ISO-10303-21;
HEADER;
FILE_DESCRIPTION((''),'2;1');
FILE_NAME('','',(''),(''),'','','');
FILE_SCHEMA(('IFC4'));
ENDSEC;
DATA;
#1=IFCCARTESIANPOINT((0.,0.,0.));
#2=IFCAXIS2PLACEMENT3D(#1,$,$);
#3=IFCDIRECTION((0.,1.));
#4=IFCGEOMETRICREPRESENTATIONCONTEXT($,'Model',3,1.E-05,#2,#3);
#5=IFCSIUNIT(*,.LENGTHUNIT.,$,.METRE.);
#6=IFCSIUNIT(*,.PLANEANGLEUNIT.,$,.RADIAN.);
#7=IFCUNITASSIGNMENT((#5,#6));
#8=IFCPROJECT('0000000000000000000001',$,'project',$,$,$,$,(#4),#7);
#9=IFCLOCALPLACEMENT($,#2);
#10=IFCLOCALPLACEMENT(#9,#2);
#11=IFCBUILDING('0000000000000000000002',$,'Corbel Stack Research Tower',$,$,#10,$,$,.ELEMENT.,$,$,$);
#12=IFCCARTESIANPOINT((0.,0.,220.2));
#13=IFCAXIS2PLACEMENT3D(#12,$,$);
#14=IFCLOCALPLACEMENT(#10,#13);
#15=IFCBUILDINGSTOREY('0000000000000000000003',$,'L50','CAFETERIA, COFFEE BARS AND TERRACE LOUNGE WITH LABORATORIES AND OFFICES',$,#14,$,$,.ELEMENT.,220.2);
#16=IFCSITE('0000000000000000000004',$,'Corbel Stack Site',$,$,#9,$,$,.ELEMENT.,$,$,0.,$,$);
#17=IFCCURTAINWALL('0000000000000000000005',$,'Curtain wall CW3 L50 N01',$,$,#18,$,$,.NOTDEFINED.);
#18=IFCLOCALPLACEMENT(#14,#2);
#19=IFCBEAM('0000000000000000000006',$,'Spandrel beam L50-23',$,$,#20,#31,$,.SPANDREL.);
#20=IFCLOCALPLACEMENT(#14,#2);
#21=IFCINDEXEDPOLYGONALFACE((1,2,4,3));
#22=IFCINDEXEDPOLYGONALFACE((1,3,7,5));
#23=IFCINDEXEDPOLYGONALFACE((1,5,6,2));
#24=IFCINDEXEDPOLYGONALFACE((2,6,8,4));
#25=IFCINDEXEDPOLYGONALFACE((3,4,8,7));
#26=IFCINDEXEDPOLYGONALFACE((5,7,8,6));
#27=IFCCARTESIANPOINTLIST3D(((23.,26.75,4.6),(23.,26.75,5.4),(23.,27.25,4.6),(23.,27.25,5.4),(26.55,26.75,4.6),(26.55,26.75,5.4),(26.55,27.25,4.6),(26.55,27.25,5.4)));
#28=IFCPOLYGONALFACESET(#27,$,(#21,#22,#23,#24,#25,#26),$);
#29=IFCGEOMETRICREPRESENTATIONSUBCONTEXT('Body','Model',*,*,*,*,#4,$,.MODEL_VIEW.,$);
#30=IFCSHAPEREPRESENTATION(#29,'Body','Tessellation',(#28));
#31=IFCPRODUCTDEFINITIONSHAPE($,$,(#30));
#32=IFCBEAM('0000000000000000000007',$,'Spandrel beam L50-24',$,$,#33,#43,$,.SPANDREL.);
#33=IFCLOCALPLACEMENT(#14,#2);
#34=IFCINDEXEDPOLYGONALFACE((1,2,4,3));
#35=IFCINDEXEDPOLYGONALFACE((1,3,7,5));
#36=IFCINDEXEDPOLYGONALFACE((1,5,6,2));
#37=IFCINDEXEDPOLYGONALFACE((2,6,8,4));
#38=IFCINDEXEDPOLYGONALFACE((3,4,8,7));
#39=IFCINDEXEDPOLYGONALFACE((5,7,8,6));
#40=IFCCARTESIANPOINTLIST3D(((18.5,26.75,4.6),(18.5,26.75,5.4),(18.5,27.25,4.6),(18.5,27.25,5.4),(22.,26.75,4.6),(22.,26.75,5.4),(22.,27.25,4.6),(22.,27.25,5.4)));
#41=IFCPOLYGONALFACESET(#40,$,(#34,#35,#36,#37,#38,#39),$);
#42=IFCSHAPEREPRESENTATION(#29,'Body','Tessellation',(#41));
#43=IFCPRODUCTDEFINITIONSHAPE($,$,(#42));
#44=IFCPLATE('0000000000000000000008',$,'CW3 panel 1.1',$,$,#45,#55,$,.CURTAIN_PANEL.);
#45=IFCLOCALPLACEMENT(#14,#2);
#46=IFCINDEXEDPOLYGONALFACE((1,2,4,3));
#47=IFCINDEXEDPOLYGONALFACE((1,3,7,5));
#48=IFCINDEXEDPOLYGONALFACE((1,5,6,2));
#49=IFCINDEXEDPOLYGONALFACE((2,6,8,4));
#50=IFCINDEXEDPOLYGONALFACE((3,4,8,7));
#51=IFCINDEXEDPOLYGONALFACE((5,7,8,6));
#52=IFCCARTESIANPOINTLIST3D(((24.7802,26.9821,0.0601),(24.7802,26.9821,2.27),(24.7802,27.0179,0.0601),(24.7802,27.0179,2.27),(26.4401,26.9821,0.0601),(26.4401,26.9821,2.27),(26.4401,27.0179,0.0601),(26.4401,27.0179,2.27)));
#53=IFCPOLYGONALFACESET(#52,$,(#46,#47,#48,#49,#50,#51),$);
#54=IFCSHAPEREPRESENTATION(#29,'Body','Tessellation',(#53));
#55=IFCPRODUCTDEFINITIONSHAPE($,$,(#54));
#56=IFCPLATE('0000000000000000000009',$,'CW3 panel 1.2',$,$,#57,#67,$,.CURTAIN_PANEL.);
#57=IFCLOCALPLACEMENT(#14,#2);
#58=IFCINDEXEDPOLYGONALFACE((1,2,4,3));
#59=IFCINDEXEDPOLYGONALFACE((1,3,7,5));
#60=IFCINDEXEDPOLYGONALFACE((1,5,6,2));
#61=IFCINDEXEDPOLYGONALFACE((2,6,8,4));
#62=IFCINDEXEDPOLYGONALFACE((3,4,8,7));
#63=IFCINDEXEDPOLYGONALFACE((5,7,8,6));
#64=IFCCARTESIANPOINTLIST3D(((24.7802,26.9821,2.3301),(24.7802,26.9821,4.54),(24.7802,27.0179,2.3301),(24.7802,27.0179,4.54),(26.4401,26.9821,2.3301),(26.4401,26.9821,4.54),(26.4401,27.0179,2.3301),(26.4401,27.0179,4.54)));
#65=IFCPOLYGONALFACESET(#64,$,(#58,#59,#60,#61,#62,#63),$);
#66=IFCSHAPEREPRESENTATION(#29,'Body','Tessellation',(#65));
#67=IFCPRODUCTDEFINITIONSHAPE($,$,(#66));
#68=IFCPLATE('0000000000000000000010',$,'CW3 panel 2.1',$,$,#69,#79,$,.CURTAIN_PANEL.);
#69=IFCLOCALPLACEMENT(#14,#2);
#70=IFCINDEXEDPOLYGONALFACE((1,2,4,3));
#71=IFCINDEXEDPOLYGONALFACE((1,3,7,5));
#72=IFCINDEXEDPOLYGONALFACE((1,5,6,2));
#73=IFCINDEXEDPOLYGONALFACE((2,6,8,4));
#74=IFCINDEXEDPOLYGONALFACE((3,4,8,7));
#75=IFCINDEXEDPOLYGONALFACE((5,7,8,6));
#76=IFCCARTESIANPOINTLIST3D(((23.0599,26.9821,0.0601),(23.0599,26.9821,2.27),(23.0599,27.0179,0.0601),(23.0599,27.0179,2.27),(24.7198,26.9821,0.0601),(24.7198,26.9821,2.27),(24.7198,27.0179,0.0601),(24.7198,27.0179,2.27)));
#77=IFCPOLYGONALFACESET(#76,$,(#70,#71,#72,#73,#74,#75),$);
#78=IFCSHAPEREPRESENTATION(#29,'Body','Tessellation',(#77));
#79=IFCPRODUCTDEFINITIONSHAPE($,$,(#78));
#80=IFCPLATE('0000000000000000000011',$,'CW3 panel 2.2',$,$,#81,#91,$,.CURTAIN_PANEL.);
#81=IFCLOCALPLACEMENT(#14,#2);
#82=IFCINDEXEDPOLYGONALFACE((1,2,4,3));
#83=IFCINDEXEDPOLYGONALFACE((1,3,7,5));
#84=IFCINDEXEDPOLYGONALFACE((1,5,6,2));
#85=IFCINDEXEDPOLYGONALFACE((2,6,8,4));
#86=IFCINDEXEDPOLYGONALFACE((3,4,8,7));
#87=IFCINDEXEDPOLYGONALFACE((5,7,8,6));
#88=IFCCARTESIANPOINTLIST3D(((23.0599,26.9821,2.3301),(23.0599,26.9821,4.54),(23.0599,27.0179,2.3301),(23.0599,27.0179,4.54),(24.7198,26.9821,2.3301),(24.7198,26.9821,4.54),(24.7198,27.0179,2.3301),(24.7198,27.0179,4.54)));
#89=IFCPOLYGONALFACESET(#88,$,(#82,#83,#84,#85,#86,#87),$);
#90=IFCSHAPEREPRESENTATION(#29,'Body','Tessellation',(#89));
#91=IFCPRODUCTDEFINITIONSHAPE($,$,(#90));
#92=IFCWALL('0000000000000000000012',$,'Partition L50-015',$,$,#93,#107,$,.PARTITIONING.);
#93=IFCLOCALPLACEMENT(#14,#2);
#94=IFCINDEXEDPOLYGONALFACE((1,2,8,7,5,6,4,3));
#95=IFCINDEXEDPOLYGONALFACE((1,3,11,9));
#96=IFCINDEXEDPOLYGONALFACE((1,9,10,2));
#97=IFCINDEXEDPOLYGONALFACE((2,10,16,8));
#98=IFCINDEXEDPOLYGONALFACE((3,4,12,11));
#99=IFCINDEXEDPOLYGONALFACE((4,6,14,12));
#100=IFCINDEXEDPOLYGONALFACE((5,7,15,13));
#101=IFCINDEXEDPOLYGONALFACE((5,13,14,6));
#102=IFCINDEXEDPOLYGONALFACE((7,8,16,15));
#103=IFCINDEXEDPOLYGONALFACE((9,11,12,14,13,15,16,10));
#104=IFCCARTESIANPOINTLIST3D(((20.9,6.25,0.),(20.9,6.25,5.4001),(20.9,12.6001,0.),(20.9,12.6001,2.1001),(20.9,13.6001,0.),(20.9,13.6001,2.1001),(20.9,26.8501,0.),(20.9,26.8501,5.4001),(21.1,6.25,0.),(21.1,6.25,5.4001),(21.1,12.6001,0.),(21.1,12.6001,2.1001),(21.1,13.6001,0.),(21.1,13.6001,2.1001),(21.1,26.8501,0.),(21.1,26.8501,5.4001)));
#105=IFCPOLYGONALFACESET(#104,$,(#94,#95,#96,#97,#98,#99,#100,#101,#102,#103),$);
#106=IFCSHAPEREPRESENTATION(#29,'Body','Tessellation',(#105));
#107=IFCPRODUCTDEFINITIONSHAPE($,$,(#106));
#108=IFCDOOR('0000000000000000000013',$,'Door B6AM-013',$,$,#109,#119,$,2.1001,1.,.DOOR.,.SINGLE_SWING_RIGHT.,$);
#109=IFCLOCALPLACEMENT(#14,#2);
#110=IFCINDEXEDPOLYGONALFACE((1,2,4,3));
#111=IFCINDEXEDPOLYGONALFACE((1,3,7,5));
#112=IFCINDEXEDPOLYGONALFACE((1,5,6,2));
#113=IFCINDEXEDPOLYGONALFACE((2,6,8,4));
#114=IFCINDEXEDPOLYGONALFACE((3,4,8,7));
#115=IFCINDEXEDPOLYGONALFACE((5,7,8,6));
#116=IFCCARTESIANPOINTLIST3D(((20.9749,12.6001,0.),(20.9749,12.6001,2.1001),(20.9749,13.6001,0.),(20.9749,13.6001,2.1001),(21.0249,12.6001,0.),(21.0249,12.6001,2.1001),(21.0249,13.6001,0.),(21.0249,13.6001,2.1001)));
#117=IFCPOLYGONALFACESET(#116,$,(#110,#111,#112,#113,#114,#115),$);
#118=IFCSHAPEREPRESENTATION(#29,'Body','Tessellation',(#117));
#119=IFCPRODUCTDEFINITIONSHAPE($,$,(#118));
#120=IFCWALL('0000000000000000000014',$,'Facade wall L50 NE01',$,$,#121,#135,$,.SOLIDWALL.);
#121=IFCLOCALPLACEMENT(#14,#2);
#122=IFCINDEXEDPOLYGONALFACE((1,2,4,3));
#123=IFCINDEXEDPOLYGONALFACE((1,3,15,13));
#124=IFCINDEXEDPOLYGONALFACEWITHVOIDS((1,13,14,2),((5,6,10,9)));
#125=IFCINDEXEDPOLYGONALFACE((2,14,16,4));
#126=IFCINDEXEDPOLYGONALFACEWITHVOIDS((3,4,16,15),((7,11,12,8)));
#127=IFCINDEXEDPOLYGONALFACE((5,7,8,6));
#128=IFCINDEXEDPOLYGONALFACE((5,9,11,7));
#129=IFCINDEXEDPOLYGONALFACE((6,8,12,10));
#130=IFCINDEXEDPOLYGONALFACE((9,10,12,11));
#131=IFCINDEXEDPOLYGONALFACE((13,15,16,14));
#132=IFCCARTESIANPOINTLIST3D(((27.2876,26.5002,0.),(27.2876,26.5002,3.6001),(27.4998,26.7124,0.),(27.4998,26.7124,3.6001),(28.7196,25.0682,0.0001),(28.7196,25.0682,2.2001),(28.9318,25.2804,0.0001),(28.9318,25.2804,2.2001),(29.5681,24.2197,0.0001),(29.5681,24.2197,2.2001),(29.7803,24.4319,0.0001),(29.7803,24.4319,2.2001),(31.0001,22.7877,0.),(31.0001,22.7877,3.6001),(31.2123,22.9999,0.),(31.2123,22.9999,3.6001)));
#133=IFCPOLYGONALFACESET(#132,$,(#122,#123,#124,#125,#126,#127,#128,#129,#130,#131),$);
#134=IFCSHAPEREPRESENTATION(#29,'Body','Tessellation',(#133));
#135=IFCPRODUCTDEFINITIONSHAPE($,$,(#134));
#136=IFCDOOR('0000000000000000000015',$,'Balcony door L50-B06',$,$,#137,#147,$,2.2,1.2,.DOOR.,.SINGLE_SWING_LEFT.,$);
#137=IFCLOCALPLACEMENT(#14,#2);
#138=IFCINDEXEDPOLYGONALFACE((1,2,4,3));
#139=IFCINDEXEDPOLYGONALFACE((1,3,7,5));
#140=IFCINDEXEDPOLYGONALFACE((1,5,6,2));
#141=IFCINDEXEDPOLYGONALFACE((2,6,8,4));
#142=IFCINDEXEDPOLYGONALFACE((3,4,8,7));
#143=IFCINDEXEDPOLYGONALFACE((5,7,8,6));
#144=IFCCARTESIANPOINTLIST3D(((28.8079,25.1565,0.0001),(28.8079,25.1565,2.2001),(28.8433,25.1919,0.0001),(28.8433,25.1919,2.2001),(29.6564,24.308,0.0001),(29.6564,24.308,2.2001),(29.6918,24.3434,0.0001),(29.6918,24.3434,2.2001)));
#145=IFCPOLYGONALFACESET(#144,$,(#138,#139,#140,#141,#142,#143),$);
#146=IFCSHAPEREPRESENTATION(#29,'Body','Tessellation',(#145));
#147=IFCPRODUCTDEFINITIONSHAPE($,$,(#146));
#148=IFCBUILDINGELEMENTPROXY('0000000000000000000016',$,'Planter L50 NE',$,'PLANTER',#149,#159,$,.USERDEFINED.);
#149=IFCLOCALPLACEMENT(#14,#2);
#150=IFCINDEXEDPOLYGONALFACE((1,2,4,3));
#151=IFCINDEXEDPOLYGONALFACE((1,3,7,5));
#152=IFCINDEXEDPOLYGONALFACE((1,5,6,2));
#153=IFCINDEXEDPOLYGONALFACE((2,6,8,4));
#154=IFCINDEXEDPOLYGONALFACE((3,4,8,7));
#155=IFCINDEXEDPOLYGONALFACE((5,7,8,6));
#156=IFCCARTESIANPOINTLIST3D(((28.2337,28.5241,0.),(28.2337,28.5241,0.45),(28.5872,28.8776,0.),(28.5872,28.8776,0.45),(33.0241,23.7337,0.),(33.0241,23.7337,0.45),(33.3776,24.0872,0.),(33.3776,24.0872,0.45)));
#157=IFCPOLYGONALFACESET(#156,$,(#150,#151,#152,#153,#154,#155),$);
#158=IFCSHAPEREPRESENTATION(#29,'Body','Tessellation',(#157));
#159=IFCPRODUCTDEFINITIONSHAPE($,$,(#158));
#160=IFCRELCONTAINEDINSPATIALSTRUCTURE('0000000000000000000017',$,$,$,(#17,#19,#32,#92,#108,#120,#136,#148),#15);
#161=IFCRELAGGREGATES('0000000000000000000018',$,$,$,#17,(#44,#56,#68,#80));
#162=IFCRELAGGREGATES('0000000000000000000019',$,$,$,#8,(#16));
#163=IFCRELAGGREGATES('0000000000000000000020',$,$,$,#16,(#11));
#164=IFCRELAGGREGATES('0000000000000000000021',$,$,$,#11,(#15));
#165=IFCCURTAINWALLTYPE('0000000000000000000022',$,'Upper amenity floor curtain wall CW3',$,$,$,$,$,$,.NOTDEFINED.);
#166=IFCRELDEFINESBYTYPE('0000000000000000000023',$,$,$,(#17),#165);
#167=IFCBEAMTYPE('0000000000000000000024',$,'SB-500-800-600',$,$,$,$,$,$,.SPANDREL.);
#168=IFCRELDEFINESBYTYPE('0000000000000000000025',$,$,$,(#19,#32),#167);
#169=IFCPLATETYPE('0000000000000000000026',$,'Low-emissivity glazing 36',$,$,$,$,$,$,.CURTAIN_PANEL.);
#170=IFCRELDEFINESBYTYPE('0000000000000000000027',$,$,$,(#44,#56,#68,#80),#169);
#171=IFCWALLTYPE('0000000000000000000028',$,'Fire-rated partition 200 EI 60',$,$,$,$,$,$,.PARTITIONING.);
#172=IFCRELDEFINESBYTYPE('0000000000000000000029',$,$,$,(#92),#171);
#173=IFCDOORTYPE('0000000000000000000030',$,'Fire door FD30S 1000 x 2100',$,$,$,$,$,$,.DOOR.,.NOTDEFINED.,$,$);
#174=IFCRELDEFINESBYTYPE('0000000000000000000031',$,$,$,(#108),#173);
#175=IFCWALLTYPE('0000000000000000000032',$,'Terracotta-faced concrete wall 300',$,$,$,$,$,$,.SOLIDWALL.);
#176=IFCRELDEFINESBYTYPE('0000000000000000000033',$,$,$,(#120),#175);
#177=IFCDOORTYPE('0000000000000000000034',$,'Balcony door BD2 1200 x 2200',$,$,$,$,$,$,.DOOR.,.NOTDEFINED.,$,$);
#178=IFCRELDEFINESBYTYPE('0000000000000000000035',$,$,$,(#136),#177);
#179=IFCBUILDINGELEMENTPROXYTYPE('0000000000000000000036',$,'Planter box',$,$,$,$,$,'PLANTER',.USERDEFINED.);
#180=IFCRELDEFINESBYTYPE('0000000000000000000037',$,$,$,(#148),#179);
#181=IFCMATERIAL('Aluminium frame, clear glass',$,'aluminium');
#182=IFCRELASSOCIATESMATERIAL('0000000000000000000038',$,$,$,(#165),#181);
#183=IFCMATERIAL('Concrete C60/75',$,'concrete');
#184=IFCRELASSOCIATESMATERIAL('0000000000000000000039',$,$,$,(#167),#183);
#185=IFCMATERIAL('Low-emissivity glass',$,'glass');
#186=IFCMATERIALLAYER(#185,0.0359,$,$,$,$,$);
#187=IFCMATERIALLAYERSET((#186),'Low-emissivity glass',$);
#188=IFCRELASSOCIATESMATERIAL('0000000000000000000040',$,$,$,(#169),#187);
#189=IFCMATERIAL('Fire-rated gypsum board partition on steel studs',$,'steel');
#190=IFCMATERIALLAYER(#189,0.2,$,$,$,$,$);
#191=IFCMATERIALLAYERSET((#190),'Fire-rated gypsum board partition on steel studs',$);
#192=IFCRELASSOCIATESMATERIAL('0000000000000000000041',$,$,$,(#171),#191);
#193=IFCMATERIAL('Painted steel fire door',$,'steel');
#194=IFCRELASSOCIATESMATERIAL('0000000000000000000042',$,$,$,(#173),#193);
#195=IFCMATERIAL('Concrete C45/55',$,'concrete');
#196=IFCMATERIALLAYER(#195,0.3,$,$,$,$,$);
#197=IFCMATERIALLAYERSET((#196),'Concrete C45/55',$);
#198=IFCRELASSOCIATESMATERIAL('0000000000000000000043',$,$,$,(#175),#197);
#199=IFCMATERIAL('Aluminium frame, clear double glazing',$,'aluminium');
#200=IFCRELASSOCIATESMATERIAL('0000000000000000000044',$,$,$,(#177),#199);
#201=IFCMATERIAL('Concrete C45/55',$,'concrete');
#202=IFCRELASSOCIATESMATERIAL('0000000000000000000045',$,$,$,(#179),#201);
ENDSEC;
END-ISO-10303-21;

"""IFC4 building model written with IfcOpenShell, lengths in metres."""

from ifc_helpers import new_model, si_unit, direction, frame, frame_2d, origin, origin_2d, place, context, subcontext, project, spatial, rectangle, extrude, material, layer, layer_set, material_profile, profile_set, type_object, element, fill, aggregate, save


model = new_model("IFC4")

# Units and contexts
model_context = context("Model", 3, precision=1e-05, world=origin(), true_north=direction((0.0, 1.0)))
body_context = subcontext(model_context, "Body", "Model", "MODEL_VIEW")
ifc_project = project(units=[si_unit("LENGTHUNIT", "METRE"), si_unit("PLANEANGLEUNIT", "RADIAN")], contexts=[model_context])

# Site, building, storey
site_placement = place(None, origin())
site = spatial("IfcSite", under=ifc_project, at=site_placement, Name="Corbel Stack Site", CompositionType="ELEMENT", RefElevation=0.0)
building_placement = place(site_placement, origin())
building = spatial("IfcBuilding", under=site, at=building_placement, Name="Corbel Stack Research Tower", CompositionType="ELEMENT")
storey_placement = place(building_placement, frame((0.0, 0.0, 220.2)))
storey = spatial("IfcBuildingStorey", under=building, at=storey_placement, Name="L50", Description="CAFETERIA, COFFEE BARS AND TERRACE LOUNGE WITH LABORATORIES AND OFFICES", CompositionType="ELEMENT", Elevation=220.2)

# Curtain wall
ifc_material_1 = material(Name="Aluminium frame, clear glass", Category="aluminium")
curtain_wall_type = type_object("IfcCurtainWallType", Name="Upper amenity floor curtain wall CW3", PredefinedType="NOTDEFINED", material=ifc_material_1)
curtain_wall_placement = place(storey_placement, origin())
curtain_wall = element("IfcCurtainWall", 1, at=curtain_wall_placement, inside=storey, type_object=curtain_wall_type, Name="Curtain wall CW3 L50 N01", PredefinedType="NOTDEFINED")

# Beams
ifc_material_2 = material(Name="Concrete C60/75", Category="concrete")
ifc_material_profile_1 = material_profile(ifc_material_2, rectangle(XDim=0.5, YDim=0.8, at=origin_2d()), Name="RC 500 x 800")
ifc_profile_set_1 = profile_set([ifc_material_profile_1], Name="Concrete C60/75")
beam_type = type_object("IfcBeamType", Name="SB-500-800-600", PredefinedType="SPANDREL", material=ifc_profile_set_1)
beam_1_placement = place(storey_placement, frame((26.55, 27.0, 5.0), z_axis=(-1.0, 0.0, 0.0), x_axis=(0.0, -1.0, 0.0)))
element("IfcBeam", 2, at=beam_1_placement, inside=storey, type_object=beam_type, Name="Spandrel beam L50-23", PredefinedType="SPANDREL", context=body_context, shape_type="SweptSolid", body=[
    extrude(rectangle(XDim=0.5, YDim=0.8, at=origin_2d()), origin(), (0.0, 0.0, 1.0), 3.55),
])
beam_2_placement = place(storey_placement, frame((22.0, 27.0, 5.0), z_axis=(-1.0, 0.0, 0.0), x_axis=(0.0, -1.0, 0.0)))
element("IfcBeam", 3, at=beam_2_placement, inside=storey, type_object=beam_type, Name="Spandrel beam L50-24", PredefinedType="SPANDREL", context=body_context, shape_type="SweptSolid", body=[
    extrude(rectangle(XDim=0.5, YDim=0.8, at=origin_2d()), origin(), (0.0, 0.0, 1.0), 3.5),
])

# Plates
ifc_material_3 = material(Name="Low-emissivity glass", Category="glass")
ifc_layer_1 = layer(ifc_material_3, 0.0359)
ifc_layer_set_1 = layer_set([ifc_layer_1], Name="Low-emissivity glass")
plate_type = type_object("IfcPlateType", Name="Low-emissivity glazing 36", PredefinedType="CURTAIN_PANEL", material=ifc_layer_set_1)
plate_1_placement = place(storey_placement, frame((25.6101, 27.0, 0.0601), z_axis=(0.0, 0.0, 1.0), x_axis=(-1.0, 0.0, 0.0)))
plate_1 = element("IfcPlate", 4, at=plate_1_placement, type_object=plate_type, Name="CW3 panel 1.1", PredefinedType="CURTAIN_PANEL", context=body_context, shape_type="SweptSolid", body=[
    extrude(rectangle(XDim=1.6599, YDim=0.0359, at=origin_2d()), origin(), (0.0, 0.0, 1.0), 2.21),
])
plate_2_placement = place(storey_placement, frame((25.6101, 27.0, 2.3301), z_axis=(0.0, 0.0, 1.0), x_axis=(-1.0, 0.0, 0.0)))
plate_2 = element("IfcPlate", 5, at=plate_2_placement, type_object=plate_type, Name="CW3 panel 1.2", PredefinedType="CURTAIN_PANEL", context=body_context, shape_type="SweptSolid", body=[
    extrude(rectangle(XDim=1.6599, YDim=0.0359, at=origin_2d()), origin(), (0.0, 0.0, 1.0), 2.21),
])
plate_3_placement = place(storey_placement, frame((23.8899, 27.0, 0.0601), z_axis=(0.0, 0.0, 1.0), x_axis=(-1.0, 0.0, 0.0)))
plate_3 = element("IfcPlate", 6, at=plate_3_placement, type_object=plate_type, Name="CW3 panel 2.1", PredefinedType="CURTAIN_PANEL", context=body_context, shape_type="SweptSolid", body=[
    extrude(rectangle(XDim=1.6599, YDim=0.0359, at=origin_2d()), origin(), (0.0, 0.0, 1.0), 2.21),
])
plate_4_placement = place(storey_placement, frame((23.8899, 27.0, 2.3301), z_axis=(0.0, 0.0, 1.0), x_axis=(-1.0, 0.0, 0.0)))
plate_4 = element("IfcPlate", 7, at=plate_4_placement, type_object=plate_type, Name="CW3 panel 2.2", PredefinedType="CURTAIN_PANEL", context=body_context, shape_type="SweptSolid", body=[
    extrude(rectangle(XDim=1.6599, YDim=0.0359, at=origin_2d()), origin(), (0.0, 0.0, 1.0), 2.21),
])
aggregate(curtain_wall, [plate_1, plate_2, plate_3, plate_4])

# Walls, openings, doors
ifc_material_4 = material(Name="Fire-rated gypsum board partition on steel studs", Category="steel")
ifc_layer_2 = layer(ifc_material_4, 0.2)
ifc_layer_set_2 = layer_set([ifc_layer_2], Name="Fire-rated gypsum board partition on steel studs")
wall_type_1 = type_object("IfcWallType", Name="Fire-rated partition 200 EI 60", PredefinedType="PARTITIONING", material=ifc_layer_set_2)
wall_1_placement = place(storey_placement, frame((21.0, 26.8501, 0.0), z_axis=(0.0, 0.0, 1.0), x_axis=(0.0, -1.0, 0.0)))
wall_1 = element("IfcWall", 8, at=wall_1_placement, inside=storey, type_object=wall_type_1, Name="Partition L50-015", PredefinedType="PARTITIONING", context=body_context, shape_type="SweptSolid", body=[
    extrude(rectangle(XDim=20.6001, YDim=0.2, at=frame_2d((10.3, 0.0))), origin(), (0.0, 0.0, 1.0), 5.4001),
])
opening_1_placement = place(wall_1_placement, frame((13.25, 0.0, 0.0)))
opening_1 = element("IfcOpeningElement", 9, at=opening_1_placement, cuts=wall_1, PredefinedType="OPENING", context=body_context, shape_type="SweptSolid", body=[
    extrude(rectangle(XDim=1.0, YDim=2.1001, at=frame_2d((0.5, 1.05))), frame((0.0, 0.1099, 0.0), z_axis=(0.0, -1.0, 0.0), x_axis=(1.0, 0.0, 0.0)), (0.0, 0.0, 1.0), 0.22),
])
ifc_material_5 = material(Name="Painted steel fire door", Category="steel")
door_type_1 = type_object("IfcDoorType", Name="Fire door FD30S 1000 x 2100", OperationType="NOTDEFINED", PredefinedType="DOOR", material=ifc_material_5)
door_1_placement = place(opening_1_placement, origin())
door_1 = element("IfcDoor", 10, at=door_1_placement, inside=storey, type_object=door_type_1, Name="Door B6AM-013", OperationType="SINGLE_SWING_RIGHT", OverallHeight=2.1001, OverallWidth=1.0, PredefinedType="DOOR", context=body_context, shape_type="SweptSolid", body=[
    extrude(rectangle(XDim=1.0, YDim=2.1001, at=frame_2d((0.5, 1.05))), frame((0.0, 0.0249, 0.0), z_axis=(0.0, -1.0, 0.0), x_axis=(1.0, 0.0, 0.0)), (0.0, 0.0, 1.0), 0.05),
])
fill(opening_1, door_1)
ifc_material_6 = material(Name="Concrete C45/55", Category="concrete")
ifc_layer_3 = layer(ifc_material_6, 0.3)
ifc_layer_set_3 = layer_set([ifc_layer_3], Name="Concrete C45/55")
wall_type_2 = type_object("IfcWallType", Name="Terracotta-faced concrete wall 300", PredefinedType="SOLIDWALL", material=ifc_layer_set_3)
wall_2_placement = place(storey_placement, frame((27.3938, 26.6062, 0.0), z_axis=(0.0, 0.0, 1.0), x_axis=(0.707107, -0.707107, 0.0)))
wall_2 = element("IfcWall", 11, at=wall_2_placement, inside=storey, type_object=wall_type_2, Name="Facade wall L50 NE01", PredefinedType="SOLIDWALL", context=body_context, shape_type="SweptSolid", body=[
    extrude(rectangle(XDim=5.2502, YDim=0.3, at=frame_2d((2.625, 0.0))), origin(), (0.0, 0.0, 1.0), 3.6001),
])
opening_2_placement = place(wall_2_placement, frame((2.0249, 0.0, 0.0)))
opening_2 = element("IfcOpeningElement", 12, at=opening_2_placement, cuts=wall_2, PredefinedType="OPENING", context=body_context, shape_type="SweptSolid", body=[
    extrude(rectangle(XDim=1.2, YDim=2.2, at=frame_2d((0.6001, 1.1001))), frame((0.0, 0.1599, 0.0), z_axis=(0.0, -1.0, 0.0), x_axis=(1.0, 0.0, 0.0)), (0.0, 0.0, 1.0), 0.3201),
])
ifc_material_7 = material(Name="Aluminium frame, clear double glazing", Category="aluminium")
door_type_2 = type_object("IfcDoorType", Name="Balcony door BD2 1200 x 2200", OperationType="NOTDEFINED", PredefinedType="DOOR", material=ifc_material_7)
door_2_placement = place(opening_2_placement, origin())
door_2 = element("IfcDoor", 13, at=door_2_placement, inside=storey, type_object=door_type_2, Name="Balcony door L50-B06", OperationType="SINGLE_SWING_LEFT", OverallHeight=2.2, OverallWidth=1.2, PredefinedType="DOOR", context=body_context, shape_type="SweptSolid", body=[
    extrude(rectangle(XDim=1.2, YDim=2.2, at=frame_2d((0.6001, 1.1001))), frame((0.0, 0.0249, 0.0), z_axis=(0.0, -1.0, 0.0), x_axis=(1.0, 0.0, 0.0)), (0.0, 0.0, 1.0), 0.05),
])
fill(opening_2, door_2)

# Building element proxy
ifc_material_8 = material(Name="Concrete C45/55", Category="concrete")
building_element_proxy_type = type_object("IfcBuildingElementProxyType", Name="Planter box", ElementType="PLANTER", PredefinedType="USERDEFINED", material=ifc_material_8)
proxy_placement = place(storey_placement, frame((30.8057, 26.3057, 0.0), z_axis=(0.0, 0.0, 1.0), x_axis=(-0.707107, 0.707107, 0.0)))
element("IfcBuildingElementProxy", 14, at=proxy_placement, inside=storey, type_object=building_element_proxy_type, Name="Planter L50 NE", ObjectType="PLANTER", PredefinedType="USERDEFINED", context=body_context, shape_type="SweptSolid", body=[
    extrude(rectangle(XDim=6.7747, YDim=0.5, at=origin_2d()), origin(), (0.0, 0.0, 1.0), 0.45),
])

save(model, "model.ifc")
